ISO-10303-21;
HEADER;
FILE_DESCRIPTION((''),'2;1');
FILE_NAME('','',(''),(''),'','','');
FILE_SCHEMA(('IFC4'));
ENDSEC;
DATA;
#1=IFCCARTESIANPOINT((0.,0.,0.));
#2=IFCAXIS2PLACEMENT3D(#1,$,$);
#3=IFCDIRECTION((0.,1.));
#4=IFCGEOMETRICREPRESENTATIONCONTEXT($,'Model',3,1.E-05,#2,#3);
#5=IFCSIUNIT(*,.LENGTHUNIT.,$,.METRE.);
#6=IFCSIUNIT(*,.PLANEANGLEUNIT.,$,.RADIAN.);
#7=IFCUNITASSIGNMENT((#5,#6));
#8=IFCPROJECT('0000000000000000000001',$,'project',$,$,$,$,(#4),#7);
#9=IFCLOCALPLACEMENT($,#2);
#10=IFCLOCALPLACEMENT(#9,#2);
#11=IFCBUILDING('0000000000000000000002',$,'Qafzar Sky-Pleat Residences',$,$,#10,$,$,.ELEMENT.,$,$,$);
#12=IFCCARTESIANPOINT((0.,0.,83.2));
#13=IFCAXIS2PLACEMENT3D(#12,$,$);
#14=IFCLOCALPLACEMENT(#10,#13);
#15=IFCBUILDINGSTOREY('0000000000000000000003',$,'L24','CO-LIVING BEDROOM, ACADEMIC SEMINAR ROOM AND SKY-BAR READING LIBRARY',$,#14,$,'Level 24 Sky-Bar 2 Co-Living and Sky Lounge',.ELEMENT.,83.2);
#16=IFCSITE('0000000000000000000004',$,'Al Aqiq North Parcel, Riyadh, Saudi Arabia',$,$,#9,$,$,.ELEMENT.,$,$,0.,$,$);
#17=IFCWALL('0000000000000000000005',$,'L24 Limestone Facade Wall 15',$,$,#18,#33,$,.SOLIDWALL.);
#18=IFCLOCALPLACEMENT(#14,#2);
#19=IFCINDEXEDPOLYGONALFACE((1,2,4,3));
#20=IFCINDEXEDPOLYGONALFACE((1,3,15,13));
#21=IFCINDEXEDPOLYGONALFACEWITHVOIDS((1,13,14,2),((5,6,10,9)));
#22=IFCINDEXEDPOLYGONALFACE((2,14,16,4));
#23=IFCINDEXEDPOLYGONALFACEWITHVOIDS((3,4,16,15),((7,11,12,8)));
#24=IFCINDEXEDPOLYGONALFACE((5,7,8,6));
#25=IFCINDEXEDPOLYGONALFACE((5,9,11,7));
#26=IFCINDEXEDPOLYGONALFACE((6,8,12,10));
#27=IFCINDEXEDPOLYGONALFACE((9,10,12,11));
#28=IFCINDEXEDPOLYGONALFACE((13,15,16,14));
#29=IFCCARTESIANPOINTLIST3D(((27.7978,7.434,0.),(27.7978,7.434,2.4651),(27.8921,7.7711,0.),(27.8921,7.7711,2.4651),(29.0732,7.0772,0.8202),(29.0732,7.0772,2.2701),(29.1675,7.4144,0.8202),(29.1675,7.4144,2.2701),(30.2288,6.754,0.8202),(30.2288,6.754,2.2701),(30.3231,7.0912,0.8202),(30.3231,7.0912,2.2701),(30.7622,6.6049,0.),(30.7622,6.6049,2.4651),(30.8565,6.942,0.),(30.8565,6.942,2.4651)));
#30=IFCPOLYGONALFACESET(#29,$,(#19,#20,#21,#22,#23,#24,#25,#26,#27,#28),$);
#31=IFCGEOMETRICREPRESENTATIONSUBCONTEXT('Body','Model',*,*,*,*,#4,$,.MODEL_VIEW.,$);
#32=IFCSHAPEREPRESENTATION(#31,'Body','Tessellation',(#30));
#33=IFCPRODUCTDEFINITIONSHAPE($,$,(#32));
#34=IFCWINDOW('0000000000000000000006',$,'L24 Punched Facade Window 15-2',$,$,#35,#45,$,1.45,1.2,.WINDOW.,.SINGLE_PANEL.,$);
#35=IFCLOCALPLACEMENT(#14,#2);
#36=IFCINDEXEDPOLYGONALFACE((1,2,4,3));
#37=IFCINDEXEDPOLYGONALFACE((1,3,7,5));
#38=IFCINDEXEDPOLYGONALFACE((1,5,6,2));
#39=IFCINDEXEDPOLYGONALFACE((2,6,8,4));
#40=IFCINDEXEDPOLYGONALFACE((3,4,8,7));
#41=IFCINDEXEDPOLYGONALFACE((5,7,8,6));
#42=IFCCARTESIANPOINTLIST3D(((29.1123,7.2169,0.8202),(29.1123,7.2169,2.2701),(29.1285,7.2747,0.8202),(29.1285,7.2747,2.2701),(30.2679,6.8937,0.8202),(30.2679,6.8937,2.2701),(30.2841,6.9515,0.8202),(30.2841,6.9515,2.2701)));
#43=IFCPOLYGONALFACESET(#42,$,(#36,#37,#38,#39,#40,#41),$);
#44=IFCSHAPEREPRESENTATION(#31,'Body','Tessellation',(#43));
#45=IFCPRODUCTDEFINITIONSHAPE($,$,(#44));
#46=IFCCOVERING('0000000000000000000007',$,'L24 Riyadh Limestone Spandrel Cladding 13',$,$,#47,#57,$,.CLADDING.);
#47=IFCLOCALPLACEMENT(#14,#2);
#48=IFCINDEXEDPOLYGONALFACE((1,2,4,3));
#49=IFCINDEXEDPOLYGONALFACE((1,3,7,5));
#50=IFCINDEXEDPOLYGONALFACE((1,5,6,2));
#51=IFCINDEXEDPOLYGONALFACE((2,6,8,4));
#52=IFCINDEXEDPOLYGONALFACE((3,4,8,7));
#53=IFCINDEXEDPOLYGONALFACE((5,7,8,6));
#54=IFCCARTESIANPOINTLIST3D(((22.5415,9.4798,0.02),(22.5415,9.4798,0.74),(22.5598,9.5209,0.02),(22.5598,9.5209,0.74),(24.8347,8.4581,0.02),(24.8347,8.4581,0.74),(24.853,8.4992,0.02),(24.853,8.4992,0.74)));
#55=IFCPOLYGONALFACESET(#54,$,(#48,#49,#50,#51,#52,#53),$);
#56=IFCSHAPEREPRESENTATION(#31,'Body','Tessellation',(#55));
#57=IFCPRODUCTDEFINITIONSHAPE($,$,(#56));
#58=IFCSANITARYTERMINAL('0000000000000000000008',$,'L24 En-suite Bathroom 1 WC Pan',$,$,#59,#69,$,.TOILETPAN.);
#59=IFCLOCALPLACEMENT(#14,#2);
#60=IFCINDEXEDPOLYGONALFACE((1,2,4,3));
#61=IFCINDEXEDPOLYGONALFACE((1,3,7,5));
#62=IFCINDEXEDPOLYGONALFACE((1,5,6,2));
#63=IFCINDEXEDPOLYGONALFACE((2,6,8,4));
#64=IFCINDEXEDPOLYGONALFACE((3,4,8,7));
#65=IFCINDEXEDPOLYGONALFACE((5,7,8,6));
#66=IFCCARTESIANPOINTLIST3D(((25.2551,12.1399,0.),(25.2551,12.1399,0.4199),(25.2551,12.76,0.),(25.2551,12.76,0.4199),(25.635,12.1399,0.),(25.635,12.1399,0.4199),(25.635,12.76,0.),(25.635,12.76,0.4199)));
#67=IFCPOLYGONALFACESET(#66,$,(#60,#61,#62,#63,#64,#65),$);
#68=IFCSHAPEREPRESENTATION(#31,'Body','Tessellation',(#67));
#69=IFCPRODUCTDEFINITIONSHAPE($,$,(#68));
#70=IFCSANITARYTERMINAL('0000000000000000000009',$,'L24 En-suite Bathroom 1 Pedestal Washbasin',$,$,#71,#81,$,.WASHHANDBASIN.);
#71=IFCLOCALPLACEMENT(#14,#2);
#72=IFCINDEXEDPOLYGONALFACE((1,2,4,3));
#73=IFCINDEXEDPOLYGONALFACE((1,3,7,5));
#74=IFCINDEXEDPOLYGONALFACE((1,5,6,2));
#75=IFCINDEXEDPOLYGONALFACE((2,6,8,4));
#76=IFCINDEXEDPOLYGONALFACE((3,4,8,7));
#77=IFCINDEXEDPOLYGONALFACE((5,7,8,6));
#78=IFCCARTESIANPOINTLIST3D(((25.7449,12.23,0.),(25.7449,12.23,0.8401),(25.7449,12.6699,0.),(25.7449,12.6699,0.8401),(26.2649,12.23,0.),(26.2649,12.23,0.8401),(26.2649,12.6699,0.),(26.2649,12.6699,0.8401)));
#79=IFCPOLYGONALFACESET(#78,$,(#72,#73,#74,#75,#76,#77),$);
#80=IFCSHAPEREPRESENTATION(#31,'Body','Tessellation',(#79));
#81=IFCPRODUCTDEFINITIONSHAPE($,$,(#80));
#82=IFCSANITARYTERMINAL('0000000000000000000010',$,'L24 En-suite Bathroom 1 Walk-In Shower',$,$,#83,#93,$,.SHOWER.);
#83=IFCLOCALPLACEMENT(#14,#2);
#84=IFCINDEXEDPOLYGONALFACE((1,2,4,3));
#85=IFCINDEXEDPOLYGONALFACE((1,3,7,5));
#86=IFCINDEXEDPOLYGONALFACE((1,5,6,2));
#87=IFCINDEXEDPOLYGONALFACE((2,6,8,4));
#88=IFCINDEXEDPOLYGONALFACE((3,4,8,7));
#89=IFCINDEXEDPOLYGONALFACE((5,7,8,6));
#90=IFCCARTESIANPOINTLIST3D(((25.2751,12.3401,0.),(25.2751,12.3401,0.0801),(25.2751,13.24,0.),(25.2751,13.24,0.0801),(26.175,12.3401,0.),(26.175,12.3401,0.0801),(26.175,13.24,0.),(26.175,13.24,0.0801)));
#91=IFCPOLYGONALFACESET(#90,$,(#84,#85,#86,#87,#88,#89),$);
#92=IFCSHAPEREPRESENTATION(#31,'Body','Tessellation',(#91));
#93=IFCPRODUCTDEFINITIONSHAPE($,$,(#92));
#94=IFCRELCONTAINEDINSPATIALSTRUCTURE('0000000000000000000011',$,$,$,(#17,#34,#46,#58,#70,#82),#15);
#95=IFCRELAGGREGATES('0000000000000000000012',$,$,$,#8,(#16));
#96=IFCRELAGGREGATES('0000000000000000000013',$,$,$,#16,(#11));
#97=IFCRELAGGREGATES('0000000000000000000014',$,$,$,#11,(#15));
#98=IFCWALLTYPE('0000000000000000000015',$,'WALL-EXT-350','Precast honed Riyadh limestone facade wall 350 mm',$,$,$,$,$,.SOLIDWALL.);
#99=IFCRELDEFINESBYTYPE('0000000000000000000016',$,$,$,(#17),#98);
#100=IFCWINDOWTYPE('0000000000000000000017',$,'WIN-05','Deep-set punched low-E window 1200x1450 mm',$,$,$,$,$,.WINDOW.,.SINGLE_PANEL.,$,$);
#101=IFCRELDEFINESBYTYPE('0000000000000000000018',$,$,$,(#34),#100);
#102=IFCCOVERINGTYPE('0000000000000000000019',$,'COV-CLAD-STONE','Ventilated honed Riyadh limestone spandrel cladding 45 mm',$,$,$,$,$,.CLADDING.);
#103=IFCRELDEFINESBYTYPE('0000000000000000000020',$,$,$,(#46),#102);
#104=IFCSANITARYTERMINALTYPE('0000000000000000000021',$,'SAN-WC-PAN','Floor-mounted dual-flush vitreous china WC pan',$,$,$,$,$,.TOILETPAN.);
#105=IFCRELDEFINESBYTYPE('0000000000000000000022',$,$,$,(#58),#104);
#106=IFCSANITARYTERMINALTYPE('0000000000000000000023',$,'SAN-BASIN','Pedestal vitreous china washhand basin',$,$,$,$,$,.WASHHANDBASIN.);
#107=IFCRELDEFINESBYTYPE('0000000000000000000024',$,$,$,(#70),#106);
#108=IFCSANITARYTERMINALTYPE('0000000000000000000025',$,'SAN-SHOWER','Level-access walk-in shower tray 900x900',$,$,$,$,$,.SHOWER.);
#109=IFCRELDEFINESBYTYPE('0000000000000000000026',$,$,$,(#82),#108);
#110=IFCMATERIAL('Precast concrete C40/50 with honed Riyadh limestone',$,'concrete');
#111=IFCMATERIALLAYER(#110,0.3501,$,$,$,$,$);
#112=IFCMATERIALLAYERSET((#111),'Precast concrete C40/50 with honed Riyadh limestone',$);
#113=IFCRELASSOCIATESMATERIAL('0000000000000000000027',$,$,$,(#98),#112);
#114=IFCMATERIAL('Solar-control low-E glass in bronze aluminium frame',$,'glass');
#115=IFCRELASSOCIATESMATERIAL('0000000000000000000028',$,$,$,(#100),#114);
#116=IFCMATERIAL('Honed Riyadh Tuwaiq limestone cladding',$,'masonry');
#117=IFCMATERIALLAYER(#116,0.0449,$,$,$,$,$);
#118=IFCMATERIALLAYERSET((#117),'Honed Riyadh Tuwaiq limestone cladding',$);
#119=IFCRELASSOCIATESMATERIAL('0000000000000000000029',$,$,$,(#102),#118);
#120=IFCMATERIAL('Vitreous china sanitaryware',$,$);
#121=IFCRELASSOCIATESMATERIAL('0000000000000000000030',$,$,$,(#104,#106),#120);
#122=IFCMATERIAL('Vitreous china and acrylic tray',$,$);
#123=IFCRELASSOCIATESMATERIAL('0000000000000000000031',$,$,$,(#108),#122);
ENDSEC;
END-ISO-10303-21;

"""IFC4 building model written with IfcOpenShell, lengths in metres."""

from ifc_helpers import new_model, si_unit, direction, frame, frame_2d, origin, origin_2d, place, context, subcontext, project, spatial, rectangle, extrude, source, transform, mapped, material, layer, layer_set, type_object, element, fill, save


model = new_model("IFC4")

# Units and contexts
model_context = context("Model", 3, precision=1e-05, world=origin(), true_north=direction((0.0, 1.0)))
body_context = subcontext(model_context, "Body", "Model", "MODEL_VIEW")
ifc_project = project(units=[si_unit("LENGTHUNIT", "METRE"), si_unit("PLANEANGLEUNIT", "RADIAN")], contexts=[model_context])

# Site, building, storey
site_placement = place(None, origin())
site = spatial("IfcSite", under=ifc_project, at=site_placement, Name="Al Aqiq North Parcel, Riyadh, Saudi Arabia", CompositionType="ELEMENT", RefElevation=0.0)
building_placement = place(site_placement, origin())
building = spatial("IfcBuilding", under=site, at=building_placement, Name="Qafzar Sky-Pleat Residences", CompositionType="ELEMENT")
storey_placement = place(building_placement, frame((0.0, 0.0, 83.2)))
storey = spatial("IfcBuildingStorey", under=building, at=storey_placement, Name="L24", Description="CO-LIVING BEDROOM, ACADEMIC SEMINAR ROOM AND SKY-BAR READING LIBRARY", LongName="Level 24 Sky-Bar 2 Co-Living and Sky Lounge", CompositionType="ELEMENT", Elevation=83.2)

# Wall, opening, window
ifc_material_1 = material(Name="Precast concrete C40/50 with honed Riyadh limestone", Category="concrete")
ifc_layer_1 = layer(ifc_material_1, 0.3501)
ifc_layer_set_1 = layer_set([ifc_layer_1], Name="Precast concrete C40/50 with honed Riyadh limestone")
wall_type_1 = type_object("IfcWallType", Name="WALL-EXT-350", Description="Precast honed Riyadh limestone facade wall 350 mm", PredefinedType="SOLIDWALL", material=ifc_layer_set_1)
ifc_material_2 = material(Name="Solar-control low-E glass in bronze aluminium frame", Category="glass")
wall_1_placement = place(storey_placement, frame((27.845, 7.6025, 0.0), z_axis=(0.0, 0.0, 1.0), x_axis=(0.963041, -0.269353, 0.0)))
wall_1 = element("IfcWall", 1, at=wall_1_placement, inside=storey, type_object=wall_type_1, Name="L24 Limestone Facade Wall 15", PredefinedType="SOLIDWALL", context=body_context, shape_type="SweptSolid", body=[
    extrude(rectangle(XDim=3.0781, YDim=0.3501, at=frame_2d((1.5391, 0.0))), origin(), (0.0, 0.0, 1.0), 2.4651),
])
opening_1_placement = place(wall_1_placement, frame((1.3242, 0.0, 0.8201)))
opening_1 = element("IfcOpeningElement", 2, at=opening_1_placement, cuts=wall_1, PredefinedType="OPENING", context=body_context, shape_type="SweptSolid", body=[
    extrude(rectangle(XDim=1.2, YDim=1.45, at=frame_2d((0.6001, 0.7251))), frame((0.0, 0.1851, 0.0), z_axis=(0.0, -1.0, 0.0), x_axis=(1.0, 0.0, 0.0)), (0.0, 0.0, 1.0), 0.3701),
])
window_type_1 = type_object("IfcWindowType", Name="WIN-05", Description="Deep-set punched low-E window 1200x1450 mm", PartitioningType="SINGLE_PANEL", PredefinedType="WINDOW", material=ifc_material_2)
shared_shape_1 = source(origin(), body_context, "Body", "SweptSolid", [
    extrude(rectangle(XDim=1.2, YDim=1.45, at=frame_2d((0.6001, 0.7251))), frame((0.0, 0.03, 0.0), z_axis=(0.0, -1.0, 0.0), x_axis=(1.0, 0.0, 0.0)), (0.0, 0.0, 1.0), 0.0601),
])
window_1_placement = place(opening_1_placement, origin())
window_1 = element("IfcWindow", 3, at=window_1_placement, inside=storey, type_object=window_type_1, Name="L24 Punched Facade Window 15-2", OverallHeight=1.45, OverallWidth=1.2, PartitioningType="SINGLE_PANEL", PredefinedType="WINDOW", context=body_context, shape_type="MappedRepresentation", body=[
    mapped(shared_shape_1, transform((0.0, 0.0, 0.0), x_axis=(1.0, 0.0, 0.0), y_axis=(0.0, 1.0, 0.0), z_axis=(0.0, 0.0, 1.0), scale=1.0)),
])
fill(opening_1, window_1)

# Covering
ifc_material_3 = material(Name="Honed Riyadh Tuwaiq limestone cladding", Category="masonry")
ifc_layer_2 = layer(ifc_material_3, 0.0449)
ifc_layer_set_2 = layer_set([ifc_layer_2], Name="Honed Riyadh Tuwaiq limestone cladding")
covering_type = type_object("IfcCoveringType", Name="COV-CLAD-STONE", Description="Ventilated honed Riyadh limestone spandrel cladding 45 mm", PredefinedType="CLADDING", material=ifc_layer_set_2)
shared_shape_2 = source(origin(), body_context, "Body", "SweptSolid", [
    extrude(rectangle(XDim=2.5105, YDim=0.0449, at=origin_2d()), origin(), (0.0, 0.0, 1.0), 0.72),
])
covering_placement = place(storey_placement, frame((23.6973, 8.9895, 0.02), z_axis=(0.0, 0.0, 1.0), x_axis=(0.913437, -0.40698, 0.0)))
element("IfcCovering", 4, at=covering_placement, inside=storey, type_object=covering_type, Name="L24 Riyadh Limestone Spandrel Cladding 13", PredefinedType="CLADDING", context=body_context, shape_type="MappedRepresentation", body=[
    mapped(shared_shape_2, transform((0.0, 0.0, 0.0), x_axis=(1.0, 0.0, 0.0), y_axis=(0.0, 1.0, 0.0), z_axis=(0.0, 0.0, 1.0), scale=1.0)),
])

# Sanitary terminals
ifc_material_4 = material(Name="Vitreous china sanitaryware")
sanitary_terminal_type_1 = type_object("IfcSanitaryTerminalType", Name="SAN-WC-PAN", Description="Floor-mounted dual-flush vitreous china WC pan", PredefinedType="TOILETPAN", material=ifc_material_4)
shared_shape_3 = source(origin(), body_context, "Body", "SweptSolid", [
    extrude(rectangle(XDim=0.3799, YDim=0.6201, at=origin_2d()), origin(), (0.0, 0.0, 1.0), 0.4199),
])
sanitary_terminal_1_placement = place(storey_placement, frame((25.4451, 12.45, 0.0), z_axis=(0.0, 0.0, 1.0), x_axis=(1.0, 0.0, 0.0)))
element("IfcSanitaryTerminal", 5, at=sanitary_terminal_1_placement, inside=storey, type_object=sanitary_terminal_type_1, Name="L24 En-suite Bathroom 1 WC Pan", PredefinedType="TOILETPAN", context=body_context, shape_type="MappedRepresentation", body=[
    mapped(shared_shape_3, transform((0.0, 0.0, 0.0), x_axis=(1.0, 0.0, 0.0), y_axis=(0.0, 1.0, 0.0), z_axis=(0.0, 0.0, 1.0), scale=1.0)),
])
sanitary_terminal_type_2 = type_object("IfcSanitaryTerminalType", Name="SAN-BASIN", Description="Pedestal vitreous china washhand basin", PredefinedType="WASHHANDBASIN", material=ifc_material_4)
shared_shape_4 = source(origin(), body_context, "Body", "SweptSolid", [
    extrude(rectangle(XDim=0.52, YDim=0.4399, at=origin_2d()), origin(), (0.0, 0.0, 1.0), 0.8401),
])
sanitary_terminal_2_placement = place(storey_placement, frame((26.0049, 12.45, 0.0), z_axis=(0.0, 0.0, 1.0), x_axis=(1.0, 0.0, 0.0)))
element("IfcSanitaryTerminal", 6, at=sanitary_terminal_2_placement, inside=storey, type_object=sanitary_terminal_type_2, Name="L24 En-suite Bathroom 1 Pedestal Washbasin", PredefinedType="WASHHANDBASIN", context=body_context, shape_type="MappedRepresentation", body=[
    mapped(shared_shape_4, transform((0.0, 0.0, 0.0), x_axis=(1.0, 0.0, 0.0), y_axis=(0.0, 1.0, 0.0), z_axis=(0.0, 0.0, 1.0), scale=1.0)),
])
ifc_material_5 = material(Name="Vitreous china and acrylic tray")
sanitary_terminal_type_3 = type_object("IfcSanitaryTerminalType", Name="SAN-SHOWER", Description="Level-access walk-in shower tray 900x900", PredefinedType="SHOWER", material=ifc_material_5)
shared_shape_5 = source(origin(), body_context, "Body", "SweptSolid", [
    extrude(rectangle(XDim=0.8999, YDim=0.8999, at=origin_2d()), origin(), (0.0, 0.0, 1.0), 0.0801),
])
sanitary_terminal_3_placement = place(storey_placement, frame((25.7251, 12.79, 0.0), z_axis=(0.0, 0.0, 1.0), x_axis=(1.0, 0.0, 0.0)))
element("IfcSanitaryTerminal", 7, at=sanitary_terminal_3_placement, inside=storey, type_object=sanitary_terminal_type_3, Name="L24 En-suite Bathroom 1 Walk-In Shower", PredefinedType="SHOWER", context=body_context, shape_type="MappedRepresentation", body=[
    mapped(shared_shape_5, transform((0.0, 0.0, 0.0), x_axis=(1.0, 0.0, 0.0), y_axis=(0.0, 1.0, 0.0), z_axis=(0.0, 0.0, 1.0), scale=1.0)),
])

save(model, "model.ifc")
